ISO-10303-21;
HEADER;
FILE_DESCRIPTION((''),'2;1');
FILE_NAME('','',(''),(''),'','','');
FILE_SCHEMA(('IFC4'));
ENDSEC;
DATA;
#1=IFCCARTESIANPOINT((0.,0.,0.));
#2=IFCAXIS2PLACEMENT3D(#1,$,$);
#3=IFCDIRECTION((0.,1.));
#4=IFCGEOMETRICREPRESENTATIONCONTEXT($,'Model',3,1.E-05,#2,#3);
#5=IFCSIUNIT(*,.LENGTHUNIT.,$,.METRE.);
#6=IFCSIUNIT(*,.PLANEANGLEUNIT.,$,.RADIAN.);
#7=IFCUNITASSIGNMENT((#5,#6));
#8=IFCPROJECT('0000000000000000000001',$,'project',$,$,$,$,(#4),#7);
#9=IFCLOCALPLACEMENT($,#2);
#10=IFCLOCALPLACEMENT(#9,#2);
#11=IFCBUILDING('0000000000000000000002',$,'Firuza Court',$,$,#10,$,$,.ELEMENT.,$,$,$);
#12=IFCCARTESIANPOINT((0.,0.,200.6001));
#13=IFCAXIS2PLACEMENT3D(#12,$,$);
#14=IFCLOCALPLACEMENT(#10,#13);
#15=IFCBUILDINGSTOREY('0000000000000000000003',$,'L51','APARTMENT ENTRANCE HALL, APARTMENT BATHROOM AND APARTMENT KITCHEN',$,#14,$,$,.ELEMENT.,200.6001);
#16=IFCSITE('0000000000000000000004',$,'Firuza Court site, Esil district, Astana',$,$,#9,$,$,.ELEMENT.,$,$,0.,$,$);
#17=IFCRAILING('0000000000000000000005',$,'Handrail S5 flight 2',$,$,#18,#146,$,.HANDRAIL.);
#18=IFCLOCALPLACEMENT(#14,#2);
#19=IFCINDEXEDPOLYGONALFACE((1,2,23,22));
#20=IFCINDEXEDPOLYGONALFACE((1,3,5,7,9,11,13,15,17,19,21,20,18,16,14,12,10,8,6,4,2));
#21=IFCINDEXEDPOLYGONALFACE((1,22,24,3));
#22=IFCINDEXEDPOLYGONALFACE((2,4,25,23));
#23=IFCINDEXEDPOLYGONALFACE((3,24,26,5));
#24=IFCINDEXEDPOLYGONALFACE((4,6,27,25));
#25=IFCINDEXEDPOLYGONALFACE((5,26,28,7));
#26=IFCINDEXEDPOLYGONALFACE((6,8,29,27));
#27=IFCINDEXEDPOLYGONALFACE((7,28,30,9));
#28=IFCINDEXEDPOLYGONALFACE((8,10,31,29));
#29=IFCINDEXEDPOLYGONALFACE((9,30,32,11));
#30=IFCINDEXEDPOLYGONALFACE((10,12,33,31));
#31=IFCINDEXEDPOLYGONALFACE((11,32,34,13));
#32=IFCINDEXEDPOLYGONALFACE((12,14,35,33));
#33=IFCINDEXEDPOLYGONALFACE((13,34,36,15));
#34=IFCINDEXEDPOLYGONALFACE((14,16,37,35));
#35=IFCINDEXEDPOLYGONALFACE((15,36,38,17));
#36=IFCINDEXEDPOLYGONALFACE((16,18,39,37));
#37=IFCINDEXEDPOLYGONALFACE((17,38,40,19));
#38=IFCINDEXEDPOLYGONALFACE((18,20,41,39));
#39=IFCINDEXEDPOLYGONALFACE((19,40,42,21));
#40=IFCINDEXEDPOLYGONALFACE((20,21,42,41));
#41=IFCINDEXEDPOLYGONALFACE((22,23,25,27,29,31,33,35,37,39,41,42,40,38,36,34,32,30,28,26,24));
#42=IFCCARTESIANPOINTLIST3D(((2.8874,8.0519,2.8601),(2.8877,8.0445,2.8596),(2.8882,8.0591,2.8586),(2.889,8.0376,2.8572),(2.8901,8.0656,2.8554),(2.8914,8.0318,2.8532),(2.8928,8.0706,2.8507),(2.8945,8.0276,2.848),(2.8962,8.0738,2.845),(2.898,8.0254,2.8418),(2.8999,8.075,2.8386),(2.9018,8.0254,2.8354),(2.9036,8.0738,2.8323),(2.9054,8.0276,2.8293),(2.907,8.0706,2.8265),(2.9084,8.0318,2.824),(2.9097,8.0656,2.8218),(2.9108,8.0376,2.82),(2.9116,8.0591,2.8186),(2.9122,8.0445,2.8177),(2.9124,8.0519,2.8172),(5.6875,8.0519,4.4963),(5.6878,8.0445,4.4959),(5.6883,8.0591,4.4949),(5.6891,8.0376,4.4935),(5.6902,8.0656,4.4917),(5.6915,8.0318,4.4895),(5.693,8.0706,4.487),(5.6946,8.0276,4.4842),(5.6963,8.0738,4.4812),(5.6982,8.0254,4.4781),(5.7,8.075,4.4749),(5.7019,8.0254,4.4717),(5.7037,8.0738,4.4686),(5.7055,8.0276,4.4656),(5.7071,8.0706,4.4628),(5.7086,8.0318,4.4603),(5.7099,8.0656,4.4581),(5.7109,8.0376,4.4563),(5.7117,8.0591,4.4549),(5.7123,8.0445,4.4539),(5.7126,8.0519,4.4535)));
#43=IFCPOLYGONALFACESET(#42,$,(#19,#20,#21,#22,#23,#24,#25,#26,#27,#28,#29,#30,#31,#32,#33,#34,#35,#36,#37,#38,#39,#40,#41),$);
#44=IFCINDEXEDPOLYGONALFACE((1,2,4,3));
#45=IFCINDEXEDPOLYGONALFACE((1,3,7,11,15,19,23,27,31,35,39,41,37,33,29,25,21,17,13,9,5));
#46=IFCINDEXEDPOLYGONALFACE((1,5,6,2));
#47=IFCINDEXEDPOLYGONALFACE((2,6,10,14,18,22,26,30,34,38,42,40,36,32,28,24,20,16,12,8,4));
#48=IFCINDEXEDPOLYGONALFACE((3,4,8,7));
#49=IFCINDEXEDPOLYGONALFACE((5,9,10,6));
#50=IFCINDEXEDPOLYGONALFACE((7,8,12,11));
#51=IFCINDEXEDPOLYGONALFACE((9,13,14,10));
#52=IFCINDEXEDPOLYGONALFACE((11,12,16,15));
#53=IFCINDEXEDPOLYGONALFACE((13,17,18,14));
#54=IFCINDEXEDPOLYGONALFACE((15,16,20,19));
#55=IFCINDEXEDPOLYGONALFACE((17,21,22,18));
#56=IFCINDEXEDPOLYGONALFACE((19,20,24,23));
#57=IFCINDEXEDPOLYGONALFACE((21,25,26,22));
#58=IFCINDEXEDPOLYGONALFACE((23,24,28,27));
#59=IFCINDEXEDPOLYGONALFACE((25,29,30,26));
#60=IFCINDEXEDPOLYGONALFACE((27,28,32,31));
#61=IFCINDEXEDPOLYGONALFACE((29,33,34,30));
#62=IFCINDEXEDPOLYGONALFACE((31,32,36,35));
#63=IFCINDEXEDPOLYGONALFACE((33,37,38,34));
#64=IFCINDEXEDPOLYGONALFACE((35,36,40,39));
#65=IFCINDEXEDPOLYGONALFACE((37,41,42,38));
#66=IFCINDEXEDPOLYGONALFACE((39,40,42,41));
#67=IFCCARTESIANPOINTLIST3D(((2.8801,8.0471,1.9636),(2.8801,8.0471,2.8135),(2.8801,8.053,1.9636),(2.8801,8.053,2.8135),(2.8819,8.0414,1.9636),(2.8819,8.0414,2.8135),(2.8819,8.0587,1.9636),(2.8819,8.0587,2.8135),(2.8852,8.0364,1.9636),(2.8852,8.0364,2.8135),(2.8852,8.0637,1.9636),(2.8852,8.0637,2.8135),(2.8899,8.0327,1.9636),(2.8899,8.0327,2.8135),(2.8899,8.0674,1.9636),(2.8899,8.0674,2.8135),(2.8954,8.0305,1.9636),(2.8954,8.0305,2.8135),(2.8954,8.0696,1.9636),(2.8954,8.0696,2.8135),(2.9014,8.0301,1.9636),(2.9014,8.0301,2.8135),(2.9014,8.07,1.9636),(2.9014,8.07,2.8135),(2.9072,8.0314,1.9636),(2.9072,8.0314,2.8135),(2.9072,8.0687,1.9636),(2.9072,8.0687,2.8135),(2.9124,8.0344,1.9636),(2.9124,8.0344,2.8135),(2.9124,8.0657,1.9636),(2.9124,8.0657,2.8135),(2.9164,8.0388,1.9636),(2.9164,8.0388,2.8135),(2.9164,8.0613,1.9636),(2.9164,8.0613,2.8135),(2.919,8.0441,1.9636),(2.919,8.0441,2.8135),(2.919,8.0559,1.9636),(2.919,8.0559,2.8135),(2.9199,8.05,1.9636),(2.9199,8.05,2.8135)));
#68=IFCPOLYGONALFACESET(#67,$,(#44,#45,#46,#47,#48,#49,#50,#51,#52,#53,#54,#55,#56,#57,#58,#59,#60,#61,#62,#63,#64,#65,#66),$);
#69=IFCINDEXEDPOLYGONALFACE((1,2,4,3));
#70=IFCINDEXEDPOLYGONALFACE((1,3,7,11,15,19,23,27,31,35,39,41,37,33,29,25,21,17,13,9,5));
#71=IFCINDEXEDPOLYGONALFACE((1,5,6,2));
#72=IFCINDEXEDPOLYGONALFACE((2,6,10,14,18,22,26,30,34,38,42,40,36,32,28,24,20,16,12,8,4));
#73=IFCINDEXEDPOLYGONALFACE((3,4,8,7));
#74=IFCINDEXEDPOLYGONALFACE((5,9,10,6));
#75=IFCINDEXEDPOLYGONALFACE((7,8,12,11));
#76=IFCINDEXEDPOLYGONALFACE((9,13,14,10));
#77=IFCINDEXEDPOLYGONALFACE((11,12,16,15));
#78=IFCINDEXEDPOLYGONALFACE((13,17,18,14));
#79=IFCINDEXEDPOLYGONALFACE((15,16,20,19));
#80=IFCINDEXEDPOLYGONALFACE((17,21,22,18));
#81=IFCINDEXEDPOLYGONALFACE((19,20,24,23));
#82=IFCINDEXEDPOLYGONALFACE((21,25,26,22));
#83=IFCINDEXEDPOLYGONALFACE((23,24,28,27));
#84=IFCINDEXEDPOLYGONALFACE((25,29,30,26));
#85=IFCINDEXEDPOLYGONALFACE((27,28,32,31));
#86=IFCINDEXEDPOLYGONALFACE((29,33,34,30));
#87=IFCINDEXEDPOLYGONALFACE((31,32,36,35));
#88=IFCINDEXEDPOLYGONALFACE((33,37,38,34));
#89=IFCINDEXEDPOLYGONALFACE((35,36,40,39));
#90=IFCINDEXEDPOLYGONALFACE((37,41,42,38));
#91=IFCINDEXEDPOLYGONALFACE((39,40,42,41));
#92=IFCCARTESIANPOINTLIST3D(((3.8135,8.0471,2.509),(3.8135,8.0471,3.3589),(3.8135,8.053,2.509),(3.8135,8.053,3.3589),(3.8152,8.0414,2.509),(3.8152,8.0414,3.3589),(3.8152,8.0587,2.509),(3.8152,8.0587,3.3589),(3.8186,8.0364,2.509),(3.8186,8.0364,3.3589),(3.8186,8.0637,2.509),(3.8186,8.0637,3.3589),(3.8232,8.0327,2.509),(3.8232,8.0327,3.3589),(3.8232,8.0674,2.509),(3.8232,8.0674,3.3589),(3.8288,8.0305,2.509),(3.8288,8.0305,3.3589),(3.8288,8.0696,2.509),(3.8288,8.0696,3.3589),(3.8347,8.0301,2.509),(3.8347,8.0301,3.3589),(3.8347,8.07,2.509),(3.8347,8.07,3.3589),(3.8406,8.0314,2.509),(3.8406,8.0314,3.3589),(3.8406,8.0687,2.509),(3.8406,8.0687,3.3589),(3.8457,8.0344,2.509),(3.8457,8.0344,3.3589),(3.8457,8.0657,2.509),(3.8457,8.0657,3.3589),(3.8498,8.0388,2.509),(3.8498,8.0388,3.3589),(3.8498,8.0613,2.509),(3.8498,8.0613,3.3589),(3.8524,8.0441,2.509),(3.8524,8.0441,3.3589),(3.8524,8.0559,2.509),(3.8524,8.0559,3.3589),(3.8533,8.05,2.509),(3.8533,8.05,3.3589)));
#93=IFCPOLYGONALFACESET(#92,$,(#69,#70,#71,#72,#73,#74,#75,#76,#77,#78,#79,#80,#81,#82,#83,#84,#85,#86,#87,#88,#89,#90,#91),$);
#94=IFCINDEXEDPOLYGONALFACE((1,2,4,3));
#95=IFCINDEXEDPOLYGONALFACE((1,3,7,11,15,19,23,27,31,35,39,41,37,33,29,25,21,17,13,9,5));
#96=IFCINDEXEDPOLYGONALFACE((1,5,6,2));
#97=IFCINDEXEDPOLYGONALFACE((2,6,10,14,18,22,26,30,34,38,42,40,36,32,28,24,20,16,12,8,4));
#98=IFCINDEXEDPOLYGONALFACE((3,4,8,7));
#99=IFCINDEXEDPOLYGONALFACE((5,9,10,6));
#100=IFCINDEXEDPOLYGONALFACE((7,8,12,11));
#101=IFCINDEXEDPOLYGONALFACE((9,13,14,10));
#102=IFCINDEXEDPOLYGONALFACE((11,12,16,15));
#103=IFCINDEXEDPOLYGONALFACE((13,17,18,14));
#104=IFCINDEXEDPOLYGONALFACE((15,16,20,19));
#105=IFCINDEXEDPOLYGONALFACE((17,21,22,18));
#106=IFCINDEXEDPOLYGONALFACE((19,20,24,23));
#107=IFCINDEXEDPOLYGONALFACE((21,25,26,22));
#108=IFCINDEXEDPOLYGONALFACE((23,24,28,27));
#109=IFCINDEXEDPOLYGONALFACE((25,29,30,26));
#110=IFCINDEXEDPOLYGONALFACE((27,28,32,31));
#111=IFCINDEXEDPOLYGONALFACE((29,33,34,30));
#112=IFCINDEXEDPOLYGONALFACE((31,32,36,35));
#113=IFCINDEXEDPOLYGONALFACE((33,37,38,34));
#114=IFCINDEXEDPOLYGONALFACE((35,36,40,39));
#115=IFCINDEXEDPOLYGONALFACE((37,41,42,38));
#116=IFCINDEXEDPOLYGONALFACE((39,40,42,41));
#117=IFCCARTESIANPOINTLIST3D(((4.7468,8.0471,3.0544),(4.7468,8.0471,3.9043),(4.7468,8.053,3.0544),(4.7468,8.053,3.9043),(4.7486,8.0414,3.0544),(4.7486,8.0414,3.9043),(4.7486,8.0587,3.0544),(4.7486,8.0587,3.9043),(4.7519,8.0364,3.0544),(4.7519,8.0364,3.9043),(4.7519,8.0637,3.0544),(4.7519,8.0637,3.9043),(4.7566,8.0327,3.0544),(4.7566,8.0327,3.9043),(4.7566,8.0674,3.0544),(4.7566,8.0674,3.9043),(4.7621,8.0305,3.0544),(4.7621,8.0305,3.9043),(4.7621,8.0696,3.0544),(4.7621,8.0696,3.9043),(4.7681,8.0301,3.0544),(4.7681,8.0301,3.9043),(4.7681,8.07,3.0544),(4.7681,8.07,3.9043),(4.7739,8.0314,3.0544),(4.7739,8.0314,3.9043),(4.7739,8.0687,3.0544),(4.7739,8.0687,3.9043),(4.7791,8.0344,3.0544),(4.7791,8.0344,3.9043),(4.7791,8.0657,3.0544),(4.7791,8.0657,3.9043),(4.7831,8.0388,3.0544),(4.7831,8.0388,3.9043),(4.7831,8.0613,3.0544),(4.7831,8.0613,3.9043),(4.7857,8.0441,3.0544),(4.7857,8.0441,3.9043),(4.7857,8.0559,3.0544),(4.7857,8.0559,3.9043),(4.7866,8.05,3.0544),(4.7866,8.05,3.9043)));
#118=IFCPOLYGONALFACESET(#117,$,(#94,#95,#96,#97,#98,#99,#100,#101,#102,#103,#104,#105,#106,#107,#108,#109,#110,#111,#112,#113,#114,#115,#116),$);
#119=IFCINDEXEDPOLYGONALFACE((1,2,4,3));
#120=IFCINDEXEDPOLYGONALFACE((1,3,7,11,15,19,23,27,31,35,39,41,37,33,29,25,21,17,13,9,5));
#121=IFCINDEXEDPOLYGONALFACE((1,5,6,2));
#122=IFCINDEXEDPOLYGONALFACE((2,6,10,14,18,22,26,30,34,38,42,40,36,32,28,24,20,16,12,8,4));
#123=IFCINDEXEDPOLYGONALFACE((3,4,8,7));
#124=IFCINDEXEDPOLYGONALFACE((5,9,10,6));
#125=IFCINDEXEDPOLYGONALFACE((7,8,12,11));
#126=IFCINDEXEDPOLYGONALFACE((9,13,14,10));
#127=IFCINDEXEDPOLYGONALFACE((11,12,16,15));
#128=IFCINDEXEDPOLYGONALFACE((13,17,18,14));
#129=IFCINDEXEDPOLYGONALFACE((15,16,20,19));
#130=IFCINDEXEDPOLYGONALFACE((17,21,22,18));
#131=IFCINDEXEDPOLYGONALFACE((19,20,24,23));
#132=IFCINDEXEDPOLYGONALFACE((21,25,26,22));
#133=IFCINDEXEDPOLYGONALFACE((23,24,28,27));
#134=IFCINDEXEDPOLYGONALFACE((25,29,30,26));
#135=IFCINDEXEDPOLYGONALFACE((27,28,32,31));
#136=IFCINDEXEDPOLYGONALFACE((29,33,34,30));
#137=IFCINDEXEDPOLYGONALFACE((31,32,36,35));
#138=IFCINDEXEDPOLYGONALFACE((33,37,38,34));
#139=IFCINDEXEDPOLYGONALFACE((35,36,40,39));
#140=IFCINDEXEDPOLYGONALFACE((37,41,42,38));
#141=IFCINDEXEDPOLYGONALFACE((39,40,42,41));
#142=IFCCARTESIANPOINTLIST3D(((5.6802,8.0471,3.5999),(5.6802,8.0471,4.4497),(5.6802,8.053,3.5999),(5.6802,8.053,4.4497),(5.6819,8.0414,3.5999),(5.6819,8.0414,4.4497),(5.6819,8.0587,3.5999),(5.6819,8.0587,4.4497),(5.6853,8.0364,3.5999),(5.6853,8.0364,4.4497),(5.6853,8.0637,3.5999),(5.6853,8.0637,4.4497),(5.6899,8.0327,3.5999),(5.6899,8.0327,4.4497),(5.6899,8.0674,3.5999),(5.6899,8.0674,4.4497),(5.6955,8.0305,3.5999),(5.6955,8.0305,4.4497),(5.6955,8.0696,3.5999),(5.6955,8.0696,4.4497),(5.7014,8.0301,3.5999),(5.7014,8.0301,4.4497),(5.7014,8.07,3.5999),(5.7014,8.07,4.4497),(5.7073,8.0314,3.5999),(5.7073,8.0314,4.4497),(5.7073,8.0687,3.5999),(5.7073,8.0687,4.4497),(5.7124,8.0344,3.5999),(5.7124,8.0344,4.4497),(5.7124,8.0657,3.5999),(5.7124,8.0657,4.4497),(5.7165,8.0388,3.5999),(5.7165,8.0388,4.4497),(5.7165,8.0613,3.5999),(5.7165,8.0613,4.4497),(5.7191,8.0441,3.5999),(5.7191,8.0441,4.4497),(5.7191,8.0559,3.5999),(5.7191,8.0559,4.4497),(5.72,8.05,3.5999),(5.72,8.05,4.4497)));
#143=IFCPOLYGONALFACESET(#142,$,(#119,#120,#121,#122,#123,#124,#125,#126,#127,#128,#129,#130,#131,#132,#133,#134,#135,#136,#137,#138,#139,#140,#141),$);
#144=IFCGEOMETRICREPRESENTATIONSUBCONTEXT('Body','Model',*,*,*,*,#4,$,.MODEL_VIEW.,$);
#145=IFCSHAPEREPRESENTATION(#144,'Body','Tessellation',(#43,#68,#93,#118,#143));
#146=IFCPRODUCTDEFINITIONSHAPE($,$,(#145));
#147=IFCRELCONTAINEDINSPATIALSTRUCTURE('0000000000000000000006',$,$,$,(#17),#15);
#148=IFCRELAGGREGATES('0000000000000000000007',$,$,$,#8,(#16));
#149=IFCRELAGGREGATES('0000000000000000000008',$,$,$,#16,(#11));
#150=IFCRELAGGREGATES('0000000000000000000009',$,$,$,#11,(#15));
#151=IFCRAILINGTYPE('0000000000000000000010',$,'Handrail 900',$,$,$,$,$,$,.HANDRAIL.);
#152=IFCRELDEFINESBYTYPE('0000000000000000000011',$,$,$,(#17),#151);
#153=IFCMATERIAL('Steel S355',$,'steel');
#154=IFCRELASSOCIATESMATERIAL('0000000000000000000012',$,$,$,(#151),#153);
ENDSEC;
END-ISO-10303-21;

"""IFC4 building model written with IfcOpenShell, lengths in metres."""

from ifc_helpers import new_model, si_unit, direction, frame, origin, origin_2d, place, context, subcontext, project, spatial, circle, extrude, material, type_object, element, save


model = new_model("IFC4")

# Units and contexts
model_context = context("Model", 3, precision=1e-05, world=origin(), true_north=direction((0.0, 1.0)))
body_context = subcontext(model_context, "Body", "Model", "MODEL_VIEW")
ifc_project = project(units=[si_unit("LENGTHUNIT", "METRE"), si_unit("PLANEANGLEUNIT", "RADIAN")], contexts=[model_context])

# Site, building, storey
site_placement = place(None, origin())
site = spatial("IfcSite", under=ifc_project, at=site_placement, Name="Firuza Court site, Esil district, Astana", CompositionType="ELEMENT", RefElevation=0.0)
building_placement = place(site_placement, origin())
building = spatial("IfcBuilding", under=site, at=building_placement, Name="Firuza Court", CompositionType="ELEMENT")
storey_placement = place(building_placement, frame((0.0, 0.0, 200.6001)))
storey = spatial("IfcBuildingStorey", under=building, at=storey_placement, Name="L51", Description="APARTMENT ENTRANCE HALL, APARTMENT BATHROOM AND APARTMENT KITCHEN", CompositionType="ELEMENT", Elevation=200.6001)

# Railing
ifc_material_1 = material(Name="Steel S355", Category="steel")
railing_type_1 = type_object("IfcRailingType", Name="Handrail 900", PredefinedType="HANDRAIL", material=ifc_material_1)
railing_1_placement = place(storey_placement, frame((2.8999, 8.05, 1.9636)))
element("IfcRailing", 1, at=railing_1_placement, inside=storey, type_object=railing_type_1, Name="Handrail S5 flight 2", PredefinedType="HANDRAIL", context=body_context, shape_type="SweptSolid", body=[
    extrude(circle(Radius=0.0249, at=origin_2d()), frame((0.0, 0.0, 0.875), z_axis=(0.863394, 0.0, 0.504531), x_axis=(0.0, 1.0, 0.0)), (0.0, 0.0, 1.0), 3.2432),
    extrude(circle(Radius=0.02, at=origin_2d()), origin(), (0.0, 0.0, 1.0), 0.8499),
    extrude(circle(Radius=0.02, at=origin_2d()), frame((0.9333, 0.0, 0.5454)), (0.0, 0.0, 1.0), 0.8499),
    extrude(circle(Radius=0.02, at=origin_2d()), frame((1.8667, 0.0, 1.0908)), (0.0, 0.0, 1.0), 0.8499),
    extrude(circle(Radius=0.02, at=origin_2d()), frame((2.8, 0.0, 1.6362)), (0.0, 0.0, 1.0), 0.8499),
])

save(model, "model.ifc")
